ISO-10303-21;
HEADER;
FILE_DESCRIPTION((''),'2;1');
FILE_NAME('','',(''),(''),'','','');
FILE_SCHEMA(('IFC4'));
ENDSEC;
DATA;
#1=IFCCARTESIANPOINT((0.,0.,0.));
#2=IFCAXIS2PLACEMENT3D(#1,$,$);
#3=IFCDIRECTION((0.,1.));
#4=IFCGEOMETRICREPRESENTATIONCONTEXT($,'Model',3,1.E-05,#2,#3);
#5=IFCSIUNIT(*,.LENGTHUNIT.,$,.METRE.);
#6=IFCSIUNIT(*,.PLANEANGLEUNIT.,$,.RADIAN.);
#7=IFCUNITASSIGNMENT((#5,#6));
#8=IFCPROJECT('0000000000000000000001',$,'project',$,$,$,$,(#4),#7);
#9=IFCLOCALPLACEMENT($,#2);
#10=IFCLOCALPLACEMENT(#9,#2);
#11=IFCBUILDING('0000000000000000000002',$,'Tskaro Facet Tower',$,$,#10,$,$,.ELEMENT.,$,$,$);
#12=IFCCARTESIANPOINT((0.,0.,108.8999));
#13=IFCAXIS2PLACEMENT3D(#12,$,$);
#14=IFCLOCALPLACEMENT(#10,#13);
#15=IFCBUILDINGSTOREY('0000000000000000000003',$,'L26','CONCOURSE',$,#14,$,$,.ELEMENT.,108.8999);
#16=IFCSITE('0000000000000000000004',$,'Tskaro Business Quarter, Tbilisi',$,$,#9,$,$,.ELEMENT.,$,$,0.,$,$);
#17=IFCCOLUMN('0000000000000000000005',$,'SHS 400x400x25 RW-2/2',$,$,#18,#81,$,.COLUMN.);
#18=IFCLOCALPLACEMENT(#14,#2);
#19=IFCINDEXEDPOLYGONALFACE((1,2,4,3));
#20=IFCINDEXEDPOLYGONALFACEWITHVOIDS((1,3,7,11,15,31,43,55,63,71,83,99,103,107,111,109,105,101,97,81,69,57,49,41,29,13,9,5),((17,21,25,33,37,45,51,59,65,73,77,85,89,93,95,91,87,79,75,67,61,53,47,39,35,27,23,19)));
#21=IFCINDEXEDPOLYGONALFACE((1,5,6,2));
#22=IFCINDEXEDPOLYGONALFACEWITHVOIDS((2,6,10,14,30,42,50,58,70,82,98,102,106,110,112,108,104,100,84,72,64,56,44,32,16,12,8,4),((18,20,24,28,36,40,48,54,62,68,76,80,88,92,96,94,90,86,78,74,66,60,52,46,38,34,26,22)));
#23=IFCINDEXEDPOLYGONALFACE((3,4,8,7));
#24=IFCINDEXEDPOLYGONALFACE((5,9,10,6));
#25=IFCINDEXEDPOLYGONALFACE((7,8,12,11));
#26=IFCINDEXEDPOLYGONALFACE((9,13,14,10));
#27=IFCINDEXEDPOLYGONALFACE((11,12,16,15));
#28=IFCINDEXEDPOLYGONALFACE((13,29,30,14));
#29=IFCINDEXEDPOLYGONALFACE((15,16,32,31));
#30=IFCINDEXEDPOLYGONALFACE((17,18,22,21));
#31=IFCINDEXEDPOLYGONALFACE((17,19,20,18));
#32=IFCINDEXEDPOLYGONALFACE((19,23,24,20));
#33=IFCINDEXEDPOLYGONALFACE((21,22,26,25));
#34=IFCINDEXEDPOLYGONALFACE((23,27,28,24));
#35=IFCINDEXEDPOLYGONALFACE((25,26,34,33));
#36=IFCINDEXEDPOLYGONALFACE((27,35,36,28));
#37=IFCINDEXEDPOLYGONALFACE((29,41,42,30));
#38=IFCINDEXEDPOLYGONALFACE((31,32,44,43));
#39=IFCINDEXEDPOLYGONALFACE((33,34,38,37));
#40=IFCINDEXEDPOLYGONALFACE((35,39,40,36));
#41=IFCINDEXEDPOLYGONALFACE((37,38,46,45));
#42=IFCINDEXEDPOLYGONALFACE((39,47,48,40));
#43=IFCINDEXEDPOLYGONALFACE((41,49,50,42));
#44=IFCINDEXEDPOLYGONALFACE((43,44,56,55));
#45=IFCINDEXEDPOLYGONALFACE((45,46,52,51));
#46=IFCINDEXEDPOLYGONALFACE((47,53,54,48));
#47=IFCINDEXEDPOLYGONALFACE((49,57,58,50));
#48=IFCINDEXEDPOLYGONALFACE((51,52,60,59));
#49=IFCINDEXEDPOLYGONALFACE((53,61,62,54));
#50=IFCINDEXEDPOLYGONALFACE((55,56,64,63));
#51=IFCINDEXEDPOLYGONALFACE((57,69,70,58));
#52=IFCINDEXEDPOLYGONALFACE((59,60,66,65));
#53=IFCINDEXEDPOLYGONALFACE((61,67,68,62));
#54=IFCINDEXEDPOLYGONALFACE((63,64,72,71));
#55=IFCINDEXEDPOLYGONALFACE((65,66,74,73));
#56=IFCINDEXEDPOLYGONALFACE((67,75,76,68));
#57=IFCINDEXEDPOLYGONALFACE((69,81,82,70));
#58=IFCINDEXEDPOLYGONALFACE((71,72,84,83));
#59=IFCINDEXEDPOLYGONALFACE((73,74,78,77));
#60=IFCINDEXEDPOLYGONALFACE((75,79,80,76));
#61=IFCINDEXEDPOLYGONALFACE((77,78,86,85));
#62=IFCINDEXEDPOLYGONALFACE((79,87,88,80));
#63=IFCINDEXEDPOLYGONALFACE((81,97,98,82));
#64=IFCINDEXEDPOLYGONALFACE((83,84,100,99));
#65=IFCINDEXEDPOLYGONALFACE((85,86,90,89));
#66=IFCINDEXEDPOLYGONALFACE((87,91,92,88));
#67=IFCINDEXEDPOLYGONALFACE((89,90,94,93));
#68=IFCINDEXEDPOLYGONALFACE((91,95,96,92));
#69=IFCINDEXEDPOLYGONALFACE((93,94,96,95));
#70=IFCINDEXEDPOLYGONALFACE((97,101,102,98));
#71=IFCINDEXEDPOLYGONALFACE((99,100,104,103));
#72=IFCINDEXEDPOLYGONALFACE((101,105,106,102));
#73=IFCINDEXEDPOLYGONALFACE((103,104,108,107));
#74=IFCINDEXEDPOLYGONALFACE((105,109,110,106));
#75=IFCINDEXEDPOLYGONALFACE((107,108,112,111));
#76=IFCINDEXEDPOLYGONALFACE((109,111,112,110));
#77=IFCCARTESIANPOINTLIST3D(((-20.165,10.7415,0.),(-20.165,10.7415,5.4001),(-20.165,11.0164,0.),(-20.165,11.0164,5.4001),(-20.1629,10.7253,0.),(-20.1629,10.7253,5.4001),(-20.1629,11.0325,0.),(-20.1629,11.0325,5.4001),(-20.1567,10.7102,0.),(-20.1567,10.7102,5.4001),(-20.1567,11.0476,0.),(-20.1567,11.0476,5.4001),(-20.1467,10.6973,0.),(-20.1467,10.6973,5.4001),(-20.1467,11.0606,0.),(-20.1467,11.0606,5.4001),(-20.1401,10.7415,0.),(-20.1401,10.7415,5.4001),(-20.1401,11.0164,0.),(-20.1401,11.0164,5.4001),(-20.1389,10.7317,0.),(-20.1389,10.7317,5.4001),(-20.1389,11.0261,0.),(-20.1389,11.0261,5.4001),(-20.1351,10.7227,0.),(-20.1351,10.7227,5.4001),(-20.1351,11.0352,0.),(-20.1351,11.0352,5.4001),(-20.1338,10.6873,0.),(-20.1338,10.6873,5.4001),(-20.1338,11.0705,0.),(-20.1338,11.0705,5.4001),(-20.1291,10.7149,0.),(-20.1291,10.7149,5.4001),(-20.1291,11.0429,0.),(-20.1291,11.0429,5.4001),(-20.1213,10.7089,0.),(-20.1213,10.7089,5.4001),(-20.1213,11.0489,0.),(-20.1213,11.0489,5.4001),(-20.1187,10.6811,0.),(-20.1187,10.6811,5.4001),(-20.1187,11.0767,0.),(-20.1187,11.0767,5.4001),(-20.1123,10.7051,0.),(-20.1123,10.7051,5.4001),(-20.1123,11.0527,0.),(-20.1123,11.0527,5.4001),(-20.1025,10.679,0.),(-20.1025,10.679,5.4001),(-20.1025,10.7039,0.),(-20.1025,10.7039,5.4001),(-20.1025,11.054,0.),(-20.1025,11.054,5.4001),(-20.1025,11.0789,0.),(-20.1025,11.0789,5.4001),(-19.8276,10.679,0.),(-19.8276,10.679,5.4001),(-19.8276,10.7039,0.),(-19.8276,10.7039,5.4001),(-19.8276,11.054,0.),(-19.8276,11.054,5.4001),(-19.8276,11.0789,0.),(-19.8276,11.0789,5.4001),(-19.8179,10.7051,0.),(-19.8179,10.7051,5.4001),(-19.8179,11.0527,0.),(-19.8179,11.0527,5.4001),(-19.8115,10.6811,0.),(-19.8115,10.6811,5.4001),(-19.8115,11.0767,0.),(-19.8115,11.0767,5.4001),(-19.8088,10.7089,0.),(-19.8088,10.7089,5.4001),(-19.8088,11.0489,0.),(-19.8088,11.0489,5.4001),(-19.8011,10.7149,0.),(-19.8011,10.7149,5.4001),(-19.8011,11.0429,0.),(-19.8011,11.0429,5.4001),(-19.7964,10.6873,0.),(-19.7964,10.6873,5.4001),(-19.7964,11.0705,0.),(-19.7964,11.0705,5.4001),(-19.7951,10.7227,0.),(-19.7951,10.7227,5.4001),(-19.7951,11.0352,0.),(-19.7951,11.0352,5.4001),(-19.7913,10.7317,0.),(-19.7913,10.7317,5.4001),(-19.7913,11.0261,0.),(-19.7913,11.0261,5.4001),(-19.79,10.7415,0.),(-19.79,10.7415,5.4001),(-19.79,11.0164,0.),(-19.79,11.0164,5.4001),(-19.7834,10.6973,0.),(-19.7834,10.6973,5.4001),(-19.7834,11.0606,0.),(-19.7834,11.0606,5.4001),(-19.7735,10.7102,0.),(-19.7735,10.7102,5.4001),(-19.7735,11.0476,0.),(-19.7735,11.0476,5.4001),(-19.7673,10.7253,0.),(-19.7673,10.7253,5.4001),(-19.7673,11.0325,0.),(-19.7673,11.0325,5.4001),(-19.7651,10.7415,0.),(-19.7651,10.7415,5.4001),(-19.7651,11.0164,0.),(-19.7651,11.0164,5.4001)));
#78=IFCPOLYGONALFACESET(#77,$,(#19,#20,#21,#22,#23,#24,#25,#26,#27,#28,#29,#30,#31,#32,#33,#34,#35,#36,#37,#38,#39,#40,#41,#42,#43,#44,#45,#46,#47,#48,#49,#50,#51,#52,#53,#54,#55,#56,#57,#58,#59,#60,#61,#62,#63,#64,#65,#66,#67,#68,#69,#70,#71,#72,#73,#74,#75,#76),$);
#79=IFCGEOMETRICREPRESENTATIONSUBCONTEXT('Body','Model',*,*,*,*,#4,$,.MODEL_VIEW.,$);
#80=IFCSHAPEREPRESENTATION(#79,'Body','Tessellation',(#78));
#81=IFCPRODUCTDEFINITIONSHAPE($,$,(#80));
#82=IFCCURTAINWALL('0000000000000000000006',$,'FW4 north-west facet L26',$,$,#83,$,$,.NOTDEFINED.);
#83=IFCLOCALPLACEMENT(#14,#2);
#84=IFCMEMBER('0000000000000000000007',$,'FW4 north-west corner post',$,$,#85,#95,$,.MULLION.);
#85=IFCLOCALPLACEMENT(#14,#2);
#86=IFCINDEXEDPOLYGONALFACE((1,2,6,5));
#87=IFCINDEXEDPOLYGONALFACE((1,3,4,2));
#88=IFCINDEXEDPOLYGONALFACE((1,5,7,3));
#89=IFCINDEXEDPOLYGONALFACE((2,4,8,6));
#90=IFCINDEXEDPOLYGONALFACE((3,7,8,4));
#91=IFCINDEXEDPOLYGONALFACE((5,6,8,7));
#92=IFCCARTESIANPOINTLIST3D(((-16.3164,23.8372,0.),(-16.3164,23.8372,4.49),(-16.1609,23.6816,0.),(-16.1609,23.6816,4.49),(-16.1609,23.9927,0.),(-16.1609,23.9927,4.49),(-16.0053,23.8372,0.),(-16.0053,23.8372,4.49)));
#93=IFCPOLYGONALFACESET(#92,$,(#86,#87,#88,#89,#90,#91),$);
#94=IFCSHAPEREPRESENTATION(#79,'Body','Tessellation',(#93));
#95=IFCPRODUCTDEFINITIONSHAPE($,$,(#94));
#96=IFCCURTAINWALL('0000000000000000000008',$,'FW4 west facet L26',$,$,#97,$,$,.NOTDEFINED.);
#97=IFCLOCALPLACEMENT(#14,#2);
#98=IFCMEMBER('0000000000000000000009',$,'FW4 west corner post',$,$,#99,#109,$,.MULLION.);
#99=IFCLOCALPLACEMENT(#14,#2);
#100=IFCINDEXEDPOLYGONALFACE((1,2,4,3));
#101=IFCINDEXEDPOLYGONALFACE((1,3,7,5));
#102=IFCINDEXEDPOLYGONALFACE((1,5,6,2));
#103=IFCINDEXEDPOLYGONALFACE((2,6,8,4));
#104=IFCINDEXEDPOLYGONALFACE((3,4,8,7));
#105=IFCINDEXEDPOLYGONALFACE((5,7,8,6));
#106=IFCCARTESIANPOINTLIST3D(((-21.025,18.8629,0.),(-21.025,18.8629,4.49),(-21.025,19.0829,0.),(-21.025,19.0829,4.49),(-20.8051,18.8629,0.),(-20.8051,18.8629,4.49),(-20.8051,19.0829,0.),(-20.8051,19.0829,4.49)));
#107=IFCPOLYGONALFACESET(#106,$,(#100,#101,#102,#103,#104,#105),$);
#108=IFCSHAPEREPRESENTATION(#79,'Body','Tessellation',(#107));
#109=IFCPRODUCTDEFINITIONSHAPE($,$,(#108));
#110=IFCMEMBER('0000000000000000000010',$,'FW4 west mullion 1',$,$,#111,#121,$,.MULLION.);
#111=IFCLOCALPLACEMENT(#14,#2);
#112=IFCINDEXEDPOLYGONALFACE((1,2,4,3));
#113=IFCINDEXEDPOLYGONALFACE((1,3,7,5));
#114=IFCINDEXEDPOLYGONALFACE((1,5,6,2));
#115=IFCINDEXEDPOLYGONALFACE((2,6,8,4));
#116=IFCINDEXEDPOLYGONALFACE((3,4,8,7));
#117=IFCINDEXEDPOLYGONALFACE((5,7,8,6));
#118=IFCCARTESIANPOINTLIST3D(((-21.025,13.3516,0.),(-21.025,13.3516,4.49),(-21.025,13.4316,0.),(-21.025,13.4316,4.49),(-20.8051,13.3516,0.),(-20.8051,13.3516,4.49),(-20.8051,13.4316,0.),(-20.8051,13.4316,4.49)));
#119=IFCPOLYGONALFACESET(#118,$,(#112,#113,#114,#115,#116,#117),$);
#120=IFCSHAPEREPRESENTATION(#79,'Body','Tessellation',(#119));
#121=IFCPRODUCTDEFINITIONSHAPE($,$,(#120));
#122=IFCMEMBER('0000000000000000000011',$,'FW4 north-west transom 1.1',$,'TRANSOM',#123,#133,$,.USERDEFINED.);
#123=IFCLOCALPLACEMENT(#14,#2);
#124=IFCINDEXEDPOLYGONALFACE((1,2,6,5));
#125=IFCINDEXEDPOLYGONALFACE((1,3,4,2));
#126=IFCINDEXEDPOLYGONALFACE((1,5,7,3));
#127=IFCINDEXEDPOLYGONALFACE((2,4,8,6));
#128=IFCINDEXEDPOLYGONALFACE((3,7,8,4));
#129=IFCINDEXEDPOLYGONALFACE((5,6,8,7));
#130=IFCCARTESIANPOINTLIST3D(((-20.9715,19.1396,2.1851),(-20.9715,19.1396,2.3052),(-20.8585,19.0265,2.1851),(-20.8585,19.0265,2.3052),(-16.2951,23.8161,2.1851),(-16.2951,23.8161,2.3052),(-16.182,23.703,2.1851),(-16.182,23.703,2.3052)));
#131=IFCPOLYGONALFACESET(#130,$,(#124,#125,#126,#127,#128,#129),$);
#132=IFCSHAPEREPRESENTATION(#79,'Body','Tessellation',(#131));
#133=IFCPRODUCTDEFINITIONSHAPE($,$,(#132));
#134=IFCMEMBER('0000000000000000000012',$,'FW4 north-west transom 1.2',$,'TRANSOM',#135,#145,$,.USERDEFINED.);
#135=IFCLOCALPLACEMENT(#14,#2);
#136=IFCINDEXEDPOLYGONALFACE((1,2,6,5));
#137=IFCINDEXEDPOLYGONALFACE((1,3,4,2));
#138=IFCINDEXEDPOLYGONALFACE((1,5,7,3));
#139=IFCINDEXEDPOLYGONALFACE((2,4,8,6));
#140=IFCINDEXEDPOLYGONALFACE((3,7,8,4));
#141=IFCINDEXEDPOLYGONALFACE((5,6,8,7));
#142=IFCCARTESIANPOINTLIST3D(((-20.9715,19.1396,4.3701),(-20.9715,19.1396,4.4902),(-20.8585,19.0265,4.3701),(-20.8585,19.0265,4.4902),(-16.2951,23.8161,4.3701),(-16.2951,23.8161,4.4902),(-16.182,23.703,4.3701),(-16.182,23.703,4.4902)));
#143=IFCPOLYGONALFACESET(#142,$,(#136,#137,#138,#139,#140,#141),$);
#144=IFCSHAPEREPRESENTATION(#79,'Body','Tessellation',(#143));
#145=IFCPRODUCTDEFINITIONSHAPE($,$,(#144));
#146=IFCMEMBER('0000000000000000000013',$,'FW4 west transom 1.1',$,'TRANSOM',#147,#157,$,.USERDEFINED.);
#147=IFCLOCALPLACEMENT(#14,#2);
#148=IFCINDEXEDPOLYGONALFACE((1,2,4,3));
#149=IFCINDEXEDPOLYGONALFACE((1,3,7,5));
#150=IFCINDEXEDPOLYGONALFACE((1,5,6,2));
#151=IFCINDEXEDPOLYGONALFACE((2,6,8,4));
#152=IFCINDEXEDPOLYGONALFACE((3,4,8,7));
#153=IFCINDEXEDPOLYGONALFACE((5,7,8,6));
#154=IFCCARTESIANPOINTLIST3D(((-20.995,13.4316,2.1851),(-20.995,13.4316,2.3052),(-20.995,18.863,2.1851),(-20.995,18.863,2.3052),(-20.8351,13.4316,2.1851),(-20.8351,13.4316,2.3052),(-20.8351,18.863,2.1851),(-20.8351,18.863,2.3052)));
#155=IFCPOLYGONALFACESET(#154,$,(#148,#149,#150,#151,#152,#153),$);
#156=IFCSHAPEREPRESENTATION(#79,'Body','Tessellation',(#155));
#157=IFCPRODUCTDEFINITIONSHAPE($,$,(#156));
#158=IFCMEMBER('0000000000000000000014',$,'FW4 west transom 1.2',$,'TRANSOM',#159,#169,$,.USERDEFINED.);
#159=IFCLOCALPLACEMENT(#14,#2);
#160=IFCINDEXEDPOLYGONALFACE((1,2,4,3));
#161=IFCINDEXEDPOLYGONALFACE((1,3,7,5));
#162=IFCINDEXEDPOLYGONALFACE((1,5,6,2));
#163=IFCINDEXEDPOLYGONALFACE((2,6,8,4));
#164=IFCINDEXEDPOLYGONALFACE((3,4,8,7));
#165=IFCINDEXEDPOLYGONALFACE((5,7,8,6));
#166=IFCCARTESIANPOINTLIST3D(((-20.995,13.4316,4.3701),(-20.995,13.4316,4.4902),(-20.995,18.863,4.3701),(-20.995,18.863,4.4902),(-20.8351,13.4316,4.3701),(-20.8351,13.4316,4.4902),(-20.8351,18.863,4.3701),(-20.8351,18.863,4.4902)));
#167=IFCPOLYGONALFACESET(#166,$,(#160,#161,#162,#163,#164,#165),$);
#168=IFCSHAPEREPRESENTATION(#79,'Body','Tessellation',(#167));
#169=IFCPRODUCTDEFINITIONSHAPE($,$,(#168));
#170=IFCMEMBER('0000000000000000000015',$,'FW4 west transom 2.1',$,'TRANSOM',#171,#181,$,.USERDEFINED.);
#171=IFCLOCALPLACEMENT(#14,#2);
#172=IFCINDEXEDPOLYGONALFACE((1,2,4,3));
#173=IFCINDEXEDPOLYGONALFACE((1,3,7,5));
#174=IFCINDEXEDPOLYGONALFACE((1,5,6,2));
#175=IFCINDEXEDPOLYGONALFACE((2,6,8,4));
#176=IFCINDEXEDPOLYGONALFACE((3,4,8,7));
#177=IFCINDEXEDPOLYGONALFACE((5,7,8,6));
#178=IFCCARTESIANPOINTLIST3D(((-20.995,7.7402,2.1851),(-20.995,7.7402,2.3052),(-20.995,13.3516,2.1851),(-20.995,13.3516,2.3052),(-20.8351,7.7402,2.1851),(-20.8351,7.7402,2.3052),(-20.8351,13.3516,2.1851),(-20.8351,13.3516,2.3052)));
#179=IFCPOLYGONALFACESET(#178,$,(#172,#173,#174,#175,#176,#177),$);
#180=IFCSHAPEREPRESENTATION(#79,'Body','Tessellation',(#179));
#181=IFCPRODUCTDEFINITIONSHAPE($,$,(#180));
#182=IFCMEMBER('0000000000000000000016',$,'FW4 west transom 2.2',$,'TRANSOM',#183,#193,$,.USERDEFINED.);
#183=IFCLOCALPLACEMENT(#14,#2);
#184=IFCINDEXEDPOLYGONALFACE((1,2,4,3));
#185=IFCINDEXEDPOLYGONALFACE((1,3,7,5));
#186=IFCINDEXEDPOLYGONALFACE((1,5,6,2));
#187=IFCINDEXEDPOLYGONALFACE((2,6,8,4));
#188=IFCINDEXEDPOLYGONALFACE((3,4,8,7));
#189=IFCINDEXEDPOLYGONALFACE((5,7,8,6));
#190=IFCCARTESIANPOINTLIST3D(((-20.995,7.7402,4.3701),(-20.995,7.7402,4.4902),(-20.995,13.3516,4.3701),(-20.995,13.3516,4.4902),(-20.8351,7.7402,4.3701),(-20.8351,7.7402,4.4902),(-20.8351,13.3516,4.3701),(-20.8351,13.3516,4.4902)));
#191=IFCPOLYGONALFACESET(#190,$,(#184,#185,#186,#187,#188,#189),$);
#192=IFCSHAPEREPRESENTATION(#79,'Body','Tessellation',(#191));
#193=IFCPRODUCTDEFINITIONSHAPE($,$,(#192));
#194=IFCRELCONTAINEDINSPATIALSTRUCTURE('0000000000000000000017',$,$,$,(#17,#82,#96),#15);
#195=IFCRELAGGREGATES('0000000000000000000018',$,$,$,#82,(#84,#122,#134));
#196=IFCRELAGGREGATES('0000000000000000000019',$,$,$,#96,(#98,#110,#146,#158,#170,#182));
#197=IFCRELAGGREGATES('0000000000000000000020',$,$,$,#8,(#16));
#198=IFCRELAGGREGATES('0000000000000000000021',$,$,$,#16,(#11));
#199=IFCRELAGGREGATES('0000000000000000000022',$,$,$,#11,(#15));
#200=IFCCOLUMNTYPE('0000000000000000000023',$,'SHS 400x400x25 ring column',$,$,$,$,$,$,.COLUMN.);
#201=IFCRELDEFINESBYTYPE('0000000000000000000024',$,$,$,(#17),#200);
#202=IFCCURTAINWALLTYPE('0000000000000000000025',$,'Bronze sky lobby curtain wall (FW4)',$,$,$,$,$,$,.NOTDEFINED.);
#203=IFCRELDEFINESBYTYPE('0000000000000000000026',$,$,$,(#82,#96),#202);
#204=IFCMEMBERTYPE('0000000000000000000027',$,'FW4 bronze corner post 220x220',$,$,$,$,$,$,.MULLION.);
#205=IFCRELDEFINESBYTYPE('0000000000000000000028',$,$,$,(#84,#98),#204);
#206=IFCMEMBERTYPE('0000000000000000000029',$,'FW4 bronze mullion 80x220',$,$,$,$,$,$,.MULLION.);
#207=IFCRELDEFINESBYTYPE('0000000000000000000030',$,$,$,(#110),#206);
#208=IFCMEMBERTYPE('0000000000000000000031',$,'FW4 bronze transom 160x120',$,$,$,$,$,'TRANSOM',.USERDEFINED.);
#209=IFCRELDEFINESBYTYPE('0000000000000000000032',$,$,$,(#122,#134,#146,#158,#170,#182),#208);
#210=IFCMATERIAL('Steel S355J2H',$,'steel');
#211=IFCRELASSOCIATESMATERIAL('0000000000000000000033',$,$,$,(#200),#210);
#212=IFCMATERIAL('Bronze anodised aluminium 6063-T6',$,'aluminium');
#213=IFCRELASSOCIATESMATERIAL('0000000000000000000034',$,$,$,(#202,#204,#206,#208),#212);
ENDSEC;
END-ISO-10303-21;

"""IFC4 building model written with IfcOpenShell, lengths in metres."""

from ifc_helpers import new_model, si_unit, direction, frame, origin, origin_2d, place, context, subcontext, project, spatial, rectangle, hollow_rectangle, extrude, material, material_profile, profile_set, type_object, element, aggregate, save


model = new_model("IFC4")

# Units and contexts
model_context = context("Model", 3, precision=1e-05, world=origin(), true_north=direction((0.0, 1.0)))
body_context = subcontext(model_context, "Body", "Model", "MODEL_VIEW")
ifc_project = project(units=[si_unit("LENGTHUNIT", "METRE"), si_unit("PLANEANGLEUNIT", "RADIAN")], contexts=[model_context])

# Site, building, storey
site_placement = place(None, origin())
site = spatial("IfcSite", under=ifc_project, at=site_placement, Name="Tskaro Business Quarter, Tbilisi", CompositionType="ELEMENT", RefElevation=0.0)
building_placement = place(site_placement, origin())
building = spatial("IfcBuilding", under=site, at=building_placement, Name="Tskaro Facet Tower", CompositionType="ELEMENT")
storey_placement = place(building_placement, frame((0.0, 0.0, 108.8999)))
storey = spatial("IfcBuildingStorey", under=building, at=storey_placement, Name="L26", Description="CONCOURSE", CompositionType="ELEMENT", Elevation=108.8999)

# Column
ifc_material_1 = material(Name="Steel S355J2H", Category="steel")
ifc_material_profile_1 = material_profile(ifc_material_1, hollow_rectangle(XDim=0.3999, YDim=0.3999, WallThickness=0.0249, InnerFilletRadius=0.0376, OuterFilletRadius=0.0625, at=origin_2d()), Name="SHS 400x400x25")
ifc_profile_set_1 = profile_set([ifc_material_profile_1], Name="Steel S355J2H")
column_type_1 = type_object("IfcColumnType", Name="SHS 400x400x25 ring column", PredefinedType="COLUMN", material=ifc_profile_set_1)
for number, where, z_axis, x_axis, name in (
    (1, (-19.9651, 10.8789, 0.0), (0.0, 0.0, 1.0), (1.0, 0.0, 0.0), "SHS 400x400x25 RW-2/2"),
):
    element("IfcColumn", number, at=place(storey_placement, frame(where, z_axis=z_axis, x_axis=x_axis)), inside=storey, type_object=column_type_1, Name=name, PredefinedType="COLUMN", context=body_context, shape_type="SweptSolid", body=[
        extrude(hollow_rectangle(XDim=0.3999, YDim=0.3999, WallThickness=0.0249, InnerFilletRadius=0.0376, OuterFilletRadius=0.0625, at=origin_2d()), origin(), (0.0, 0.0, 1.0), 5.4001),
    ])

# Curtain wall, member
ifc_material_2 = material(Name="Bronze anodised aluminium 6063-T6", Category="aluminium")
curtain_wall_type = type_object("IfcCurtainWallType", Name="Bronze sky lobby curtain wall (FW4)", PredefinedType="NOTDEFINED", material=ifc_material_2)
curtain_wall_1_placement = place(storey_placement, origin())
curtain_wall_1 = element("IfcCurtainWall", 2, at=curtain_wall_1_placement, inside=storey, type_object=curtain_wall_type, Name="FW4 north-west facet L26", PredefinedType="NOTDEFINED")
ifc_material_profile_2 = material_profile(ifc_material_2, rectangle(XDim=0.22, YDim=0.22, at=origin_2d()), Name="Corner post 220x220")
ifc_profile_set_2 = profile_set([ifc_material_profile_2], Name="Bronze anodised aluminium 6063-T6")
member_type_1 = type_object("IfcMemberType", Name="FW4 bronze corner post 220x220", PredefinedType="MULLION", material=ifc_profile_set_2)
member_1_placement = place(storey_placement, frame((-16.1609, 23.8372, 0.0), z_axis=(0.0, 0.0, 1.0), x_axis=(-0.707107, -0.707107, 0.0)))
member_1 = element("IfcMember", 3, at=member_1_placement, type_object=member_type_1, Name="FW4 north-west corner post", PredefinedType="MULLION", context=body_context, shape_type="SweptSolid", body=[
    extrude(rectangle(XDim=0.22, YDim=0.22, at=origin_2d()), origin(), (0.0, 0.0, 1.0), 4.49),
])

# Curtain wall, members
curtain_wall_2_placement = place(storey_placement, origin())
curtain_wall_2 = element("IfcCurtainWall", 4, at=curtain_wall_2_placement, inside=storey, type_object=curtain_wall_type, Name="FW4 west facet L26", PredefinedType="NOTDEFINED")
member_2_placement = place(storey_placement, frame((-20.915, 18.9729, 0.0), z_axis=(0.0, 0.0, 1.0), x_axis=(0.0, -1.0, 0.0)))
member_2 = element("IfcMember", 5, at=member_2_placement, type_object=member_type_1, Name="FW4 west corner post", PredefinedType="MULLION", context=body_context, shape_type="SweptSolid", body=[
    extrude(rectangle(XDim=0.22, YDim=0.22, at=origin_2d()), origin(), (0.0, 0.0, 1.0), 4.49),
])
ifc_material_profile_3 = material_profile(ifc_material_2, rectangle(XDim=0.0801, YDim=0.22, at=origin_2d()), Name="Mullion 80x220")
ifc_profile_set_3 = profile_set([ifc_material_profile_3], Name="Bronze anodised aluminium 6063-T6")
member_type_2 = type_object("IfcMemberType", Name="FW4 bronze mullion 80x220", PredefinedType="MULLION", material=ifc_profile_set_3)
member_3_placement = place(storey_placement, frame((-20.915, 13.3916, 0.0), z_axis=(0.0, 0.0, 1.0), x_axis=(0.0, -1.0, 0.0)))
member_3 = element("IfcMember", 6, at=member_3_placement, type_object=member_type_2, Name="FW4 west mullion 1", PredefinedType="MULLION", context=body_context, shape_type="SweptSolid", body=[
    extrude(rectangle(XDim=0.0801, YDim=0.22, at=origin_2d()), origin(), (0.0, 0.0, 1.0), 4.49),
])

# Members
ifc_material_profile_4 = material_profile(ifc_material_2, rectangle(XDim=0.1599, YDim=0.1201, at=origin_2d()), Name="Transom 160x120")
ifc_profile_set_4 = profile_set([ifc_material_profile_4], Name="Bronze anodised aluminium 6063-T6")
member_type_3 = type_object("IfcMemberType", Name="FW4 bronze transom 160x120", ElementType="TRANSOM", PredefinedType="USERDEFINED", material=ifc_profile_set_4)
member_4_placement = place(storey_placement, frame((-16.2385, 23.7595, 2.2451), z_axis=(-0.707107, -0.707107, 0.0), x_axis=(0.707107, -0.707107, 0.0)))
member_4 = element("IfcMember", 7, at=member_4_placement, type_object=member_type_3, Name="FW4 north-west transom 1.1", ObjectType="TRANSOM", PredefinedType="USERDEFINED", context=body_context, shape_type="SweptSolid", body=[
    extrude(rectangle(XDim=0.1599, YDim=0.1201, at=origin_2d()), origin(), (0.0, 0.0, 1.0), 6.6135),
])
member_5_placement = place(storey_placement, frame((-16.2385, 23.7595, 4.4302), z_axis=(-0.707107, -0.707107, 0.0), x_axis=(0.707107, -0.707107, 0.0)))
member_5 = element("IfcMember", 8, at=member_5_placement, type_object=member_type_3, Name="FW4 north-west transom 1.2", ObjectType="TRANSOM", PredefinedType="USERDEFINED", context=body_context, shape_type="SweptSolid", body=[
    extrude(rectangle(XDim=0.1599, YDim=0.1201, at=origin_2d()), origin(), (0.0, 0.0, 1.0), 6.6135),
])
member_6_placement = place(storey_placement, frame((-20.915, 18.863, 2.2451), z_axis=(0.0, -1.0, 0.0), x_axis=(1.0, 0.0, 0.0)))
member_6 = element("IfcMember", 9, at=member_6_placement, type_object=member_type_3, Name="FW4 west transom 1.1", ObjectType="TRANSOM", PredefinedType="USERDEFINED", context=body_context, shape_type="SweptSolid", body=[
    extrude(rectangle(XDim=0.1599, YDim=0.1201, at=origin_2d()), origin(), (0.0, 0.0, 1.0), 5.4314),
])
member_7_placement = place(storey_placement, frame((-20.915, 18.863, 4.4302), z_axis=(0.0, -1.0, 0.0), x_axis=(1.0, 0.0, 0.0)))
member_7 = element("IfcMember", 10, at=member_7_placement, type_object=member_type_3, Name="FW4 west transom 1.2", ObjectType="TRANSOM", PredefinedType="USERDEFINED", context=body_context, shape_type="SweptSolid", body=[
    extrude(rectangle(XDim=0.1599, YDim=0.1201, at=origin_2d()), origin(), (0.0, 0.0, 1.0), 5.4314),
])
member_8_placement = place(storey_placement, frame((-20.915, 13.3516, 2.2451), z_axis=(0.0, -1.0, 0.0), x_axis=(1.0, 0.0, 0.0)))
member_8 = element("IfcMember", 11, at=member_8_placement, type_object=member_type_3, Name="FW4 west transom 2.1", ObjectType="TRANSOM", PredefinedType="USERDEFINED", context=body_context, shape_type="SweptSolid", body=[
    extrude(rectangle(XDim=0.1599, YDim=0.1201, at=origin_2d()), origin(), (0.0, 0.0, 1.0), 5.6113),
])
member_9_placement = place(storey_placement, frame((-20.915, 13.3516, 4.4302), z_axis=(0.0, -1.0, 0.0), x_axis=(1.0, 0.0, 0.0)))
member_9 = element("IfcMember", 12, at=member_9_placement, type_object=member_type_3, Name="FW4 west transom 2.2", ObjectType="TRANSOM", PredefinedType="USERDEFINED", context=body_context, shape_type="SweptSolid", body=[
    extrude(rectangle(XDim=0.1599, YDim=0.1201, at=origin_2d()), origin(), (0.0, 0.0, 1.0), 5.6113),
])

aggregate(curtain_wall_1, [member_1, member_4, member_5])
aggregate(curtain_wall_2, [member_2, member_3, member_6, member_7, member_8, member_9])

save(model, "model.ifc")
